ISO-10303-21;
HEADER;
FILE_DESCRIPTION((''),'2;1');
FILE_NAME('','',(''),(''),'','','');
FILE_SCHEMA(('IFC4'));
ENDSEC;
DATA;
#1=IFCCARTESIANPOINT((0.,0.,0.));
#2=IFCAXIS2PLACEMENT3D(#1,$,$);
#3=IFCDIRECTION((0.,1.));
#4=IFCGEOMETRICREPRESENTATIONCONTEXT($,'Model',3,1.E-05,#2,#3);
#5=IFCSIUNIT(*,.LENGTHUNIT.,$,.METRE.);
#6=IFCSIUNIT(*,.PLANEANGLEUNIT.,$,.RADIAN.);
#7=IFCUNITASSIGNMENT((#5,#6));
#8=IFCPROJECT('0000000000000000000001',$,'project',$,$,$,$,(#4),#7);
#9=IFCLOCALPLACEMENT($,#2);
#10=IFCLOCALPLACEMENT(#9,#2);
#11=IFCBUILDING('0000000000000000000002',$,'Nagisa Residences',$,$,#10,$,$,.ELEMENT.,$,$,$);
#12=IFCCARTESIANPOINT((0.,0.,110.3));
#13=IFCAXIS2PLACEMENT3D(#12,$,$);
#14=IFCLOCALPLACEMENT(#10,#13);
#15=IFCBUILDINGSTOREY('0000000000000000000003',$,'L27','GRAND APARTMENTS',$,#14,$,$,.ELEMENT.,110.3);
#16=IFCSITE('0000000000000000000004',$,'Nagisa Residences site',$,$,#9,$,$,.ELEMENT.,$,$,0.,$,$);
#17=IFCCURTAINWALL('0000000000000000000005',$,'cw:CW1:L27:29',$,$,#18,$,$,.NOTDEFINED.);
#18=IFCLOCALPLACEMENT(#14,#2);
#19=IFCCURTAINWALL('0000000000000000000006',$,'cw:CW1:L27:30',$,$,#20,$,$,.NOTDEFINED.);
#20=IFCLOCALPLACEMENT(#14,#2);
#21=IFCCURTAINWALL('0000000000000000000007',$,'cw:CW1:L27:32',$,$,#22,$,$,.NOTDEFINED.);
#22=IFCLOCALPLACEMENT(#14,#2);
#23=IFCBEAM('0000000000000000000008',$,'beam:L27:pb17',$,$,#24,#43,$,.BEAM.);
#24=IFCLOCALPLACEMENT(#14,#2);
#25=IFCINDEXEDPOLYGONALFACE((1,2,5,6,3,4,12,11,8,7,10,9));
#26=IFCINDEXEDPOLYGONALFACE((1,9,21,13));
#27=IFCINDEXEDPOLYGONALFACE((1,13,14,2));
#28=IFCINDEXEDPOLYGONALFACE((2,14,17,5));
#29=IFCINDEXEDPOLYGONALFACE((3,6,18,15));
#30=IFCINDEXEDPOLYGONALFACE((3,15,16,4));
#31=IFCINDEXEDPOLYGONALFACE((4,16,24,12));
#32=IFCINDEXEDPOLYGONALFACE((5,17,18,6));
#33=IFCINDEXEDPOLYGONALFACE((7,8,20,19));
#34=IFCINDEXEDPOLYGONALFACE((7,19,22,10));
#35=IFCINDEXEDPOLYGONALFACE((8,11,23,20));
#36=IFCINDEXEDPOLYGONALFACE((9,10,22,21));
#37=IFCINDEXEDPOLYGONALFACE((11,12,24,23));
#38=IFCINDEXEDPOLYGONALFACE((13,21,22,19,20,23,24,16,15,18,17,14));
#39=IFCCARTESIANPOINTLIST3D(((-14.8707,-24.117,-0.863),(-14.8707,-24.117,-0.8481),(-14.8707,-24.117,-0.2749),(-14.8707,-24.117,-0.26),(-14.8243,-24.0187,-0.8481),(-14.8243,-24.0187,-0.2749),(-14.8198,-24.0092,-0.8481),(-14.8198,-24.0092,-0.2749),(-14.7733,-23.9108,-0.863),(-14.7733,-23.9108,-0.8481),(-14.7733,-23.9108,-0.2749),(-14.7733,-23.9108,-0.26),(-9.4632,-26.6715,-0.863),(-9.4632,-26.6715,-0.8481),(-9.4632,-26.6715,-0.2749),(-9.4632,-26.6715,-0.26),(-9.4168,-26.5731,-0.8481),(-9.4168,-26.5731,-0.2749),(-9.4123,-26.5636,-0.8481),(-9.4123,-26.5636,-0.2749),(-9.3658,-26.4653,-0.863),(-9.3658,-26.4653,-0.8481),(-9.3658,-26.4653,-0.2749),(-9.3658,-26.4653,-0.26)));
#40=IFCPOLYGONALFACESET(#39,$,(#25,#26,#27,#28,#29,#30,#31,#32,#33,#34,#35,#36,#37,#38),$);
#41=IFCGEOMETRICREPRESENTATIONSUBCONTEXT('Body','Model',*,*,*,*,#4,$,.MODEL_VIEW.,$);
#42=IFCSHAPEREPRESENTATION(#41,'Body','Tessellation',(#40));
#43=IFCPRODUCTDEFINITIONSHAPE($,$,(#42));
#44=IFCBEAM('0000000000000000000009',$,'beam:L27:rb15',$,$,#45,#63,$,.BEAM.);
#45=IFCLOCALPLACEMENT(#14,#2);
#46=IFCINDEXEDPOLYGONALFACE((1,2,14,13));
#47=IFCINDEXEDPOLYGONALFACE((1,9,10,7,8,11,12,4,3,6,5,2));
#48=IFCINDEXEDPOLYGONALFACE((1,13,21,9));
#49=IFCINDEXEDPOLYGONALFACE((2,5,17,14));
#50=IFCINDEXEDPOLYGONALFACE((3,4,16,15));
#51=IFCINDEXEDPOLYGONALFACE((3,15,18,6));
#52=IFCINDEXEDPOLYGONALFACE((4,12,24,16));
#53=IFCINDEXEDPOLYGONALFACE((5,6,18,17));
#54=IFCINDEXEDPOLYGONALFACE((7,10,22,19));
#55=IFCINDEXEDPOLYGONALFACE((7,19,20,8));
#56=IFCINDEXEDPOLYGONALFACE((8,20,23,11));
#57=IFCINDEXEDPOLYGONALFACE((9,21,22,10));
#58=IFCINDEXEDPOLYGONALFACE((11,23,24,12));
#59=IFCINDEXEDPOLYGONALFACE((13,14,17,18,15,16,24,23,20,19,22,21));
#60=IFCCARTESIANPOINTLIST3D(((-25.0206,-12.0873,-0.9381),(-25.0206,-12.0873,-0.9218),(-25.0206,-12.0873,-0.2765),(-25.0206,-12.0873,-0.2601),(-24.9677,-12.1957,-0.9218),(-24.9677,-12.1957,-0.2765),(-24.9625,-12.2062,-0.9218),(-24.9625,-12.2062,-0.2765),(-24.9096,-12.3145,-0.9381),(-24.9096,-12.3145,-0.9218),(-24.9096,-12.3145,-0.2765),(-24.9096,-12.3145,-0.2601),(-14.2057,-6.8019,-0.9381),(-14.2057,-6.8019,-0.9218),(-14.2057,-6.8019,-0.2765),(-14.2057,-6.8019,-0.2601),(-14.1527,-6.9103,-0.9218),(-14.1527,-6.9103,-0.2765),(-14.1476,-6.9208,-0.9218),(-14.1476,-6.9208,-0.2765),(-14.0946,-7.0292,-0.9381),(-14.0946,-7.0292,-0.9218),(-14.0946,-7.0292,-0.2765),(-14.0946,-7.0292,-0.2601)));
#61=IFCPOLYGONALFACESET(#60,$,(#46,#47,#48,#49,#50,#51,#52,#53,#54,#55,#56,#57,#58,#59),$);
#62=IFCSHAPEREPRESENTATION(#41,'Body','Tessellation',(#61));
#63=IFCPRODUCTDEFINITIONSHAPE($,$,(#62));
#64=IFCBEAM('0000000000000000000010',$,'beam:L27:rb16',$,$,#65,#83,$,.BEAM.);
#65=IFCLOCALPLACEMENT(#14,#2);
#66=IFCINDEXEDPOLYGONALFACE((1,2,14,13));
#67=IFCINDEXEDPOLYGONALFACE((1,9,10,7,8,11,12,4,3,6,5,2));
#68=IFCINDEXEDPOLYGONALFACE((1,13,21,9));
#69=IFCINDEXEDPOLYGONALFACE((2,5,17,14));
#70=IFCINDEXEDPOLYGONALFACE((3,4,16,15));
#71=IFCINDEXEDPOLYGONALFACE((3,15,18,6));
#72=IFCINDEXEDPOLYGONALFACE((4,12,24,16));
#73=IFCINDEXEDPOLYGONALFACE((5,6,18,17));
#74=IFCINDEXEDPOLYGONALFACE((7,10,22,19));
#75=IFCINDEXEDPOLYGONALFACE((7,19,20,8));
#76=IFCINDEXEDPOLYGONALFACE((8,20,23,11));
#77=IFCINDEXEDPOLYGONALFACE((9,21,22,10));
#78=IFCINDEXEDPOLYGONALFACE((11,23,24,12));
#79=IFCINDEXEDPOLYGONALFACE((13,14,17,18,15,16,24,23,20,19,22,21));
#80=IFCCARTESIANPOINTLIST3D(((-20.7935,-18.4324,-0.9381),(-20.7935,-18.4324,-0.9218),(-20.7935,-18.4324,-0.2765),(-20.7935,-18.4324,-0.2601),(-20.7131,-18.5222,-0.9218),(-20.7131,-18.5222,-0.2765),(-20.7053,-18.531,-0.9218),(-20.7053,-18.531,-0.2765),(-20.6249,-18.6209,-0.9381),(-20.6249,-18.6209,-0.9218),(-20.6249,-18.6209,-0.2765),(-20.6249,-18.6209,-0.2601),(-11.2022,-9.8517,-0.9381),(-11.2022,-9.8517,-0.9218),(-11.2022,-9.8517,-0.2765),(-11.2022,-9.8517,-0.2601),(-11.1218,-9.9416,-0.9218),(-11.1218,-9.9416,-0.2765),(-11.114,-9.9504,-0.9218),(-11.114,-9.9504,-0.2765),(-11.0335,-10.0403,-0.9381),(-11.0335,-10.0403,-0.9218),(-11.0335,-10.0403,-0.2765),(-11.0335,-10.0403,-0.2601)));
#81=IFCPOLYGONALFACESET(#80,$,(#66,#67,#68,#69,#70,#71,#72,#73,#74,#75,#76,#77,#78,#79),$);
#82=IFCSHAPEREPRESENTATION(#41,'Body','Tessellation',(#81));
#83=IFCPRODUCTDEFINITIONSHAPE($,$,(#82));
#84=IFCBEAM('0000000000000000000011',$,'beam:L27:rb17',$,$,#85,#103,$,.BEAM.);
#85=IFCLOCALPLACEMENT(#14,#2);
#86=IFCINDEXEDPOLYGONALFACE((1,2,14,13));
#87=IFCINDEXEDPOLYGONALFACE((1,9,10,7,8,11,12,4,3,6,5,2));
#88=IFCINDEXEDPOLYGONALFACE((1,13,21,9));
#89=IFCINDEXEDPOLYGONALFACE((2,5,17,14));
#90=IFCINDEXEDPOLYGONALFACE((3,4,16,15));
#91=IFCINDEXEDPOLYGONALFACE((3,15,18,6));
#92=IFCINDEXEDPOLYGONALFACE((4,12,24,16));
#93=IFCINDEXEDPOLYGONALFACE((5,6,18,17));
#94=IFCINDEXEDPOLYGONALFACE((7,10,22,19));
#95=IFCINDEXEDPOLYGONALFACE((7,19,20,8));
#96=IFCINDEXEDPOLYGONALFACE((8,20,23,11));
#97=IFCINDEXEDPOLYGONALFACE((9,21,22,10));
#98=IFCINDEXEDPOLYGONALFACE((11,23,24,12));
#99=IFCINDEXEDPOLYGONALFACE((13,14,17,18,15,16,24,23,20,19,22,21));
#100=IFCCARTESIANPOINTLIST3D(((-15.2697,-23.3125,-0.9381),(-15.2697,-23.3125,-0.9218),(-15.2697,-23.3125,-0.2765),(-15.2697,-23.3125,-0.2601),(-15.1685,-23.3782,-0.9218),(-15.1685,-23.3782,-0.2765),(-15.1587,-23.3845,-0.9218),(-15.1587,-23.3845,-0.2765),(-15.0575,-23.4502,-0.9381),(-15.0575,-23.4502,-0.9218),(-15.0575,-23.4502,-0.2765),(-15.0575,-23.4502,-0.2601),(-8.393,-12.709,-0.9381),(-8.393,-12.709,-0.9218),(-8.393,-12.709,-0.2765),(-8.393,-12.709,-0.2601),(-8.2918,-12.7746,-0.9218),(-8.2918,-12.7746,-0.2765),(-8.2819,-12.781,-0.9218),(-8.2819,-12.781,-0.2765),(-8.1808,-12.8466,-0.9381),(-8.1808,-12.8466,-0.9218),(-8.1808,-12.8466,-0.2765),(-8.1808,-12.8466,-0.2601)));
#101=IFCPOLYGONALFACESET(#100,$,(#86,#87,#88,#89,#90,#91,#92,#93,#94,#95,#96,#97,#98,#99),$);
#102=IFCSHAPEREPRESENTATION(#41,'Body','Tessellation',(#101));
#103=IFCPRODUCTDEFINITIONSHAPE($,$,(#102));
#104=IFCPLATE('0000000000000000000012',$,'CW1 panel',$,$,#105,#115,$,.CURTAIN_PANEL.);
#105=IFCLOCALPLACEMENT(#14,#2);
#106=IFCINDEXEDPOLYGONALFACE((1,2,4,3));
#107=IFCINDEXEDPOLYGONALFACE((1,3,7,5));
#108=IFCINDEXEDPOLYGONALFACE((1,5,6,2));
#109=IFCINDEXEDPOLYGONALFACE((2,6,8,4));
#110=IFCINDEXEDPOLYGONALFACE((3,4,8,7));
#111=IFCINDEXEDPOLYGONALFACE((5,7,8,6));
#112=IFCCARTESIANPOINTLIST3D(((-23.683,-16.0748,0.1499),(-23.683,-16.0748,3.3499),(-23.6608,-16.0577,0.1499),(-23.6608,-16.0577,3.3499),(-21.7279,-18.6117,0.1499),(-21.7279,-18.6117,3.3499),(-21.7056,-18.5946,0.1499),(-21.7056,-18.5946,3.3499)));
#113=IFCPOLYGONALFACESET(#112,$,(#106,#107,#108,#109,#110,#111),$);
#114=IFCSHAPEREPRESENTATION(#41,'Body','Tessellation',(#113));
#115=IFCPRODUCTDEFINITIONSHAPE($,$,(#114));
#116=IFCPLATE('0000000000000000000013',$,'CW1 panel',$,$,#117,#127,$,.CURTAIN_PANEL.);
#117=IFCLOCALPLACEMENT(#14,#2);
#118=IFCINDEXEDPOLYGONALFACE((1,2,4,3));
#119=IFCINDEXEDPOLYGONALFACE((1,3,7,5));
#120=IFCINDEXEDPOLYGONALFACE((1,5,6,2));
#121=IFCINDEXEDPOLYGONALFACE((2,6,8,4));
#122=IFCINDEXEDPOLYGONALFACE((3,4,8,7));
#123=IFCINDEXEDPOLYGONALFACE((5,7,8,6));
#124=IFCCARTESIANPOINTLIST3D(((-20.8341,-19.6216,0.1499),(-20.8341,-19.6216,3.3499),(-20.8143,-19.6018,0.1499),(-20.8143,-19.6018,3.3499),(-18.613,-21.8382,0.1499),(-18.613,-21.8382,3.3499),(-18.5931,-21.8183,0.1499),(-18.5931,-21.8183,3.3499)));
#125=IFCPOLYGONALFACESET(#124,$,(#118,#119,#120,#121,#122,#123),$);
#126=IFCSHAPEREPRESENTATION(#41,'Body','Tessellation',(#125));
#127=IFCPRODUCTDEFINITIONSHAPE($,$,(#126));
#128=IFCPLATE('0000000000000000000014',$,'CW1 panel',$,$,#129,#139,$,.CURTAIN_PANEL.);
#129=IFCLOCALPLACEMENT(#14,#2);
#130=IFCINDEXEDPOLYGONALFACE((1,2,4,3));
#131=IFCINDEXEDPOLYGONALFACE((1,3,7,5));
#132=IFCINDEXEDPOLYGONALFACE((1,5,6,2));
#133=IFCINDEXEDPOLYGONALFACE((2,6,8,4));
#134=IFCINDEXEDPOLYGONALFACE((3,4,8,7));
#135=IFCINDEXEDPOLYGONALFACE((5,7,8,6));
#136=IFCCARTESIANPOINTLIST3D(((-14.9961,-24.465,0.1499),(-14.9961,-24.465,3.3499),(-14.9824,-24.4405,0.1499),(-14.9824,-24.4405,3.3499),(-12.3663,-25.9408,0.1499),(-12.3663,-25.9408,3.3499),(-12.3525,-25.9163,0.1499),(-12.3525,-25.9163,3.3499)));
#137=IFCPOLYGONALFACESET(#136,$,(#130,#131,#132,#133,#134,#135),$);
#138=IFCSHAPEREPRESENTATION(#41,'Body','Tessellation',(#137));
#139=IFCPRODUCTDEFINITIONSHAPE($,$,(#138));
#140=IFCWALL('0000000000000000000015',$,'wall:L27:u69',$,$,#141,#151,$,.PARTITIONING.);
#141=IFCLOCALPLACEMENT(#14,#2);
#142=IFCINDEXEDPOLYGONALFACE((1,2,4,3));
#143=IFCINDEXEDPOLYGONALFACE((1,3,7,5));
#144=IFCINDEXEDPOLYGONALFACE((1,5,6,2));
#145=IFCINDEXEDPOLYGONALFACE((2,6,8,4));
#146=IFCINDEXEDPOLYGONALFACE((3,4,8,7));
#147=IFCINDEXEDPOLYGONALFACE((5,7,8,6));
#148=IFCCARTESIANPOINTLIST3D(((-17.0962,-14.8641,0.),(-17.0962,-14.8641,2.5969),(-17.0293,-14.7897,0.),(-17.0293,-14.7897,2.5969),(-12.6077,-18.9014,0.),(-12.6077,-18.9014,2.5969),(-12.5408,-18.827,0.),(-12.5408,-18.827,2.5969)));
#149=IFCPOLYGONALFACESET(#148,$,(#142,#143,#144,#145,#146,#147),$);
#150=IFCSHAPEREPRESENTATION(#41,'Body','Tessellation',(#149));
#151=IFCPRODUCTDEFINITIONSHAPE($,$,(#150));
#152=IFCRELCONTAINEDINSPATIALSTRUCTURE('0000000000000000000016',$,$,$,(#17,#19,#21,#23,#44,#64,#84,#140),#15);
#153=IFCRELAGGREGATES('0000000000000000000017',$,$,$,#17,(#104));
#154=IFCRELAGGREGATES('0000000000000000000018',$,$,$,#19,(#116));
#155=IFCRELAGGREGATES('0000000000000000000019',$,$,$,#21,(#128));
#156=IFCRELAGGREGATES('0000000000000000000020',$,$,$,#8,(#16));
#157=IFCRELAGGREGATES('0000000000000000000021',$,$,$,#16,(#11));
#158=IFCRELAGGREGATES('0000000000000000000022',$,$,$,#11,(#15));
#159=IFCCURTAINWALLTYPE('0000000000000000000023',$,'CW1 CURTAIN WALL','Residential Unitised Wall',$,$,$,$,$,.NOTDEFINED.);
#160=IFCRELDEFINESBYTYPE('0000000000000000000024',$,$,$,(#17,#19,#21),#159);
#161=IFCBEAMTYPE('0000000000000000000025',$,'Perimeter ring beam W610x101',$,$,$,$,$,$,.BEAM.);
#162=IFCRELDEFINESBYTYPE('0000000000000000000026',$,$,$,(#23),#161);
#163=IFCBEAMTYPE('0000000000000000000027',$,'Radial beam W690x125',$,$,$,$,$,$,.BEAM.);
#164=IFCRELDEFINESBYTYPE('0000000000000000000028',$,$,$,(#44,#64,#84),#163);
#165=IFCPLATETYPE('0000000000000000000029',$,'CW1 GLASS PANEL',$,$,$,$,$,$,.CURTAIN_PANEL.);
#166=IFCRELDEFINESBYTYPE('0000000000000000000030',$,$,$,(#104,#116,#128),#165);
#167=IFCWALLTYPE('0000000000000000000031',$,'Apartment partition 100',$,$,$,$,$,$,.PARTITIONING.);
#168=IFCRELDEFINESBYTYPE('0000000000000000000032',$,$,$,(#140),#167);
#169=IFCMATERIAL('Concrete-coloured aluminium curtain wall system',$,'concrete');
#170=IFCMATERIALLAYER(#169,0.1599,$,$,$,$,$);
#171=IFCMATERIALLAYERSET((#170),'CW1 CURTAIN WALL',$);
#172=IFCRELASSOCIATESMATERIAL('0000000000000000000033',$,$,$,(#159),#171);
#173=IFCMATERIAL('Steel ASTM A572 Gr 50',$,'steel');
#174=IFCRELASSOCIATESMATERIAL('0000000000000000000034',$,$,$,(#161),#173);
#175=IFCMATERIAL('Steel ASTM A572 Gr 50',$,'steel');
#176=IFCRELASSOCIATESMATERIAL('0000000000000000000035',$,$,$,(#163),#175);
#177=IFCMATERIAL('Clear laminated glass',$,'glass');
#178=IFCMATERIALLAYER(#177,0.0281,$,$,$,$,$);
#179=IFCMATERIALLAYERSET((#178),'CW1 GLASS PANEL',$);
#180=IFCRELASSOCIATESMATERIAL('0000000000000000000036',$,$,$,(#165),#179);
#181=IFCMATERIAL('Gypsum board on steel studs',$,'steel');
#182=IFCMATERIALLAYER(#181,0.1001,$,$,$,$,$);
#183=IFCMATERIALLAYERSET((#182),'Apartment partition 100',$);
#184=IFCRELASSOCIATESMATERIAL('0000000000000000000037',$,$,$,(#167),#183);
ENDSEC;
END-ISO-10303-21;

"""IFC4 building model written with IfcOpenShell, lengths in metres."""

from ifc_helpers import new_model, si_unit, direction, frame, frame_2d, origin, origin_2d, place, context, subcontext, project, spatial, rectangle, i_section, extrude, material, layer, layer_set, material_profile, profile_set, type_object, element, aggregate, save


model = new_model("IFC4")

# Units and contexts
model_context = context("Model", 3, precision=1e-05, world=origin(), true_north=direction((0.0, 1.0)))
body_context = subcontext(model_context, "Body", "Model", "MODEL_VIEW")
ifc_project = project(units=[si_unit("LENGTHUNIT", "METRE"), si_unit("PLANEANGLEUNIT", "RADIAN")], contexts=[model_context])

# Site, building, storey
site_placement = place(None, origin())
site = spatial("IfcSite", under=ifc_project, at=site_placement, Name="Nagisa Residences site", CompositionType="ELEMENT", RefElevation=0.0)
building_placement = place(site_placement, origin())
building = spatial("IfcBuilding", under=site, at=building_placement, Name="Nagisa Residences", CompositionType="ELEMENT")
storey_placement = place(building_placement, frame((0.0, 0.0, 110.3)))
storey = spatial("IfcBuildingStorey", under=building, at=storey_placement, Name="L27", Description="GRAND APARTMENTS", CompositionType="ELEMENT", Elevation=110.3)

# Curtain walls
ifc_material_1 = material(Name="Concrete-coloured aluminium curtain wall system", Category="concrete")
ifc_layer_1 = layer(ifc_material_1, 0.1599)
ifc_layer_set_1 = layer_set([ifc_layer_1], Name="CW1 CURTAIN WALL")
curtain_wall_type = type_object("IfcCurtainWallType", Name="CW1 CURTAIN WALL", Description="Residential Unitised Wall", PredefinedType="NOTDEFINED", material=ifc_layer_set_1)
curtain_wall_1_placement = place(storey_placement, origin())
curtain_wall_1 = element("IfcCurtainWall", 1, at=curtain_wall_1_placement, inside=storey, type_object=curtain_wall_type, Name="cw:CW1:L27:29", PredefinedType="NOTDEFINED")
curtain_wall_2_placement = place(storey_placement, origin())
curtain_wall_2 = element("IfcCurtainWall", 2, at=curtain_wall_2_placement, inside=storey, type_object=curtain_wall_type, Name="cw:CW1:L27:30", PredefinedType="NOTDEFINED")
curtain_wall_3_placement = place(storey_placement, origin())
curtain_wall_3 = element("IfcCurtainWall", 3, at=curtain_wall_3_placement, inside=storey, type_object=curtain_wall_type, Name="cw:CW1:L27:32", PredefinedType="NOTDEFINED")

# Beams
ifc_material_2 = material(Name="Steel ASTM A572 Gr 50", Category="steel")
ifc_material_profile_1 = material_profile(ifc_material_2, i_section(OverallWidth=0.228, OverallDepth=0.603, WebThickness=0.0105, FlangeThickness=0.0149, at=origin_2d()), Name="W610x101")
ifc_profile_set_1 = profile_set([ifc_material_profile_1], Name="Steel ASTM A572 Gr 50")
beam_type_1 = type_object("IfcBeamType", Name="Perimeter ring beam W610x101", PredefinedType="BEAM", material=ifc_profile_set_1)
beam_1_placement = place(storey_placement, frame((-14.822, -24.0139, -0.5615), z_axis=(0.90419, -0.427131, 0.0), x_axis=(0.427131, 0.90419, 0.0)))
element("IfcBeam", 4, at=beam_1_placement, inside=storey, type_object=beam_type_1, Name="beam:L27:pb17", PredefinedType="BEAM", context=body_context, shape_type="SweptSolid", body=[
    extrude(i_section(OverallWidth=0.228, OverallDepth=0.603, WebThickness=0.0105, FlangeThickness=0.0149, at=origin_2d()), origin(), (0.0, 0.0, 1.0), 5.9805),
])
ifc_material_3 = material(Name="Steel ASTM A572 Gr 50", Category="steel")
ifc_material_profile_2 = material_profile(ifc_material_3, i_section(OverallWidth=0.2529, OverallDepth=0.678, WebThickness=0.0117, FlangeThickness=0.0164, at=origin_2d()), Name="W690x125")
ifc_profile_set_2 = profile_set([ifc_material_profile_2], Name="Steel ASTM A572 Gr 50")
beam_type_2 = type_object("IfcBeamType", Name="Radial beam W690x125", PredefinedType="BEAM", material=ifc_profile_set_2)
beam_2_placement = place(storey_placement, frame((-24.9651, -12.2009, -0.5991), z_axis=(0.898447, 0.439082, 0.0), x_axis=(-0.439082, 0.898447, 0.0)))
element("IfcBeam", 5, at=beam_2_placement, inside=storey, type_object=beam_type_2, Name="beam:L27:rb15", PredefinedType="BEAM", context=body_context, shape_type="SweptSolid", body=[
    extrude(i_section(OverallWidth=0.2529, OverallDepth=0.678, WebThickness=0.0117, FlangeThickness=0.0164, at=origin_2d()), origin(), (0.0, 0.0, 1.0), 12.0374),
])
beam_3_placement = place(storey_placement, frame((-20.7092, -18.5266, -0.5991), z_axis=(0.745285, 0.666746, 0.0), x_axis=(-0.666746, 0.745285, 0.0)))
element("IfcBeam", 6, at=beam_3_placement, inside=storey, type_object=beam_type_2, Name="beam:L27:rb16", PredefinedType="BEAM", context=body_context, shape_type="SweptSolid", body=[
    extrude(i_section(OverallWidth=0.2529, OverallDepth=0.678, WebThickness=0.0117, FlangeThickness=0.0164, at=origin_2d()), origin(), (0.0, 0.0, 1.0), 12.8694),
])
beam_4_placement = place(storey_placement, frame((-15.1636, -23.3813, -0.5991), z_axis=(0.544122, 0.839006, 0.0), x_axis=(-0.839006, 0.544122, 0.0)))
element("IfcBeam", 7, at=beam_4_placement, inside=storey, type_object=beam_type_2, Name="beam:L27:rb17", PredefinedType="BEAM", context=body_context, shape_type="SweptSolid", body=[
    extrude(i_section(OverallWidth=0.2529, OverallDepth=0.678, WebThickness=0.0117, FlangeThickness=0.0164, at=origin_2d()), origin(), (0.0, 0.0, 1.0), 12.6382),
])

# Plates
ifc_material_4 = material(Name="Clear laminated glass", Category="glass")
ifc_layer_2 = layer(ifc_material_4, 0.0281)
ifc_layer_set_2 = layer_set([ifc_layer_2], Name="CW1 GLASS PANEL")
plate_type = type_object("IfcPlateType", Name="CW1 GLASS PANEL", PredefinedType="CURTAIN_PANEL", material=ifc_layer_set_2)
plate_1_placement = place(storey_placement, frame((-22.6943, -17.3347, 0.1499), z_axis=(0.0, 0.0, 1.0), x_axis=(0.61043, -0.79207, 0.0)))
plate_1 = element("IfcPlate", 8, at=plate_1_placement, type_object=plate_type, Name="CW1 panel", PredefinedType="CURTAIN_PANEL", context=body_context, shape_type="SweptSolid", body=[
    extrude(rectangle(XDim=3.2029, YDim=0.0281, at=origin_2d()), origin(), (0.0, 0.0, 1.0), 3.2),
])
aggregate(curtain_wall_1, [plate_1])
plate_2_placement = place(storey_placement, frame((-19.7136, -20.72, 0.1499), z_axis=(0.0, 0.0, 1.0), x_axis=(0.707836, -0.706377, 0.0)))
plate_2 = element("IfcPlate", 9, at=plate_2_placement, type_object=plate_type, Name="CW1 panel", PredefinedType="CURTAIN_PANEL", context=body_context, shape_type="SweptSolid", body=[
    extrude(rectangle(XDim=3.1379, YDim=0.0281, at=origin_2d()), origin(), (0.0, 0.0, 1.0), 3.2),
])
aggregate(curtain_wall_2, [plate_2])
plate_3_placement = place(storey_placement, frame((-13.6743, -25.1907, 0.1499), z_axis=(0.0, 0.0, 1.0), x_axis=(0.872072, -0.489377, 0.0)))
plate_3 = element("IfcPlate", 10, at=plate_3_placement, type_object=plate_type, Name="CW1 panel", PredefinedType="CURTAIN_PANEL", context=body_context, shape_type="SweptSolid", body=[
    extrude(rectangle(XDim=3.0156, YDim=0.0281, at=origin_2d()), origin(), (0.0, 0.0, 1.0), 3.2),
])
aggregate(curtain_wall_3, [plate_3])

# Wall
ifc_material_5 = material(Name="Gypsum board on steel studs", Category="steel")
ifc_layer_3 = layer(ifc_material_5, 0.1001)
ifc_layer_set_3 = layer_set([ifc_layer_3], Name="Apartment partition 100")
wall_type_1 = type_object("IfcWallType", Name="Apartment partition 100", PredefinedType="PARTITIONING", material=ifc_layer_set_3)
wall_1_placement = place(storey_placement, frame((-17.0627, -14.8269, 0.0), z_axis=(0.0, 0.0, 1.0), x_axis=(0.743485, -0.668752, 0.0)))
element("IfcWall", 11, at=wall_1_placement, inside=storey, type_object=wall_type_1, Name="wall:L27:u69", PredefinedType="PARTITIONING", context=body_context, shape_type="SweptSolid", body=[
    extrude(rectangle(XDim=6.0371, YDim=0.1001, at=frame_2d((3.0186, 0.0))), origin(), (0.0, 0.0, 1.0), 2.5969),
])

save(model, "model.ifc")
